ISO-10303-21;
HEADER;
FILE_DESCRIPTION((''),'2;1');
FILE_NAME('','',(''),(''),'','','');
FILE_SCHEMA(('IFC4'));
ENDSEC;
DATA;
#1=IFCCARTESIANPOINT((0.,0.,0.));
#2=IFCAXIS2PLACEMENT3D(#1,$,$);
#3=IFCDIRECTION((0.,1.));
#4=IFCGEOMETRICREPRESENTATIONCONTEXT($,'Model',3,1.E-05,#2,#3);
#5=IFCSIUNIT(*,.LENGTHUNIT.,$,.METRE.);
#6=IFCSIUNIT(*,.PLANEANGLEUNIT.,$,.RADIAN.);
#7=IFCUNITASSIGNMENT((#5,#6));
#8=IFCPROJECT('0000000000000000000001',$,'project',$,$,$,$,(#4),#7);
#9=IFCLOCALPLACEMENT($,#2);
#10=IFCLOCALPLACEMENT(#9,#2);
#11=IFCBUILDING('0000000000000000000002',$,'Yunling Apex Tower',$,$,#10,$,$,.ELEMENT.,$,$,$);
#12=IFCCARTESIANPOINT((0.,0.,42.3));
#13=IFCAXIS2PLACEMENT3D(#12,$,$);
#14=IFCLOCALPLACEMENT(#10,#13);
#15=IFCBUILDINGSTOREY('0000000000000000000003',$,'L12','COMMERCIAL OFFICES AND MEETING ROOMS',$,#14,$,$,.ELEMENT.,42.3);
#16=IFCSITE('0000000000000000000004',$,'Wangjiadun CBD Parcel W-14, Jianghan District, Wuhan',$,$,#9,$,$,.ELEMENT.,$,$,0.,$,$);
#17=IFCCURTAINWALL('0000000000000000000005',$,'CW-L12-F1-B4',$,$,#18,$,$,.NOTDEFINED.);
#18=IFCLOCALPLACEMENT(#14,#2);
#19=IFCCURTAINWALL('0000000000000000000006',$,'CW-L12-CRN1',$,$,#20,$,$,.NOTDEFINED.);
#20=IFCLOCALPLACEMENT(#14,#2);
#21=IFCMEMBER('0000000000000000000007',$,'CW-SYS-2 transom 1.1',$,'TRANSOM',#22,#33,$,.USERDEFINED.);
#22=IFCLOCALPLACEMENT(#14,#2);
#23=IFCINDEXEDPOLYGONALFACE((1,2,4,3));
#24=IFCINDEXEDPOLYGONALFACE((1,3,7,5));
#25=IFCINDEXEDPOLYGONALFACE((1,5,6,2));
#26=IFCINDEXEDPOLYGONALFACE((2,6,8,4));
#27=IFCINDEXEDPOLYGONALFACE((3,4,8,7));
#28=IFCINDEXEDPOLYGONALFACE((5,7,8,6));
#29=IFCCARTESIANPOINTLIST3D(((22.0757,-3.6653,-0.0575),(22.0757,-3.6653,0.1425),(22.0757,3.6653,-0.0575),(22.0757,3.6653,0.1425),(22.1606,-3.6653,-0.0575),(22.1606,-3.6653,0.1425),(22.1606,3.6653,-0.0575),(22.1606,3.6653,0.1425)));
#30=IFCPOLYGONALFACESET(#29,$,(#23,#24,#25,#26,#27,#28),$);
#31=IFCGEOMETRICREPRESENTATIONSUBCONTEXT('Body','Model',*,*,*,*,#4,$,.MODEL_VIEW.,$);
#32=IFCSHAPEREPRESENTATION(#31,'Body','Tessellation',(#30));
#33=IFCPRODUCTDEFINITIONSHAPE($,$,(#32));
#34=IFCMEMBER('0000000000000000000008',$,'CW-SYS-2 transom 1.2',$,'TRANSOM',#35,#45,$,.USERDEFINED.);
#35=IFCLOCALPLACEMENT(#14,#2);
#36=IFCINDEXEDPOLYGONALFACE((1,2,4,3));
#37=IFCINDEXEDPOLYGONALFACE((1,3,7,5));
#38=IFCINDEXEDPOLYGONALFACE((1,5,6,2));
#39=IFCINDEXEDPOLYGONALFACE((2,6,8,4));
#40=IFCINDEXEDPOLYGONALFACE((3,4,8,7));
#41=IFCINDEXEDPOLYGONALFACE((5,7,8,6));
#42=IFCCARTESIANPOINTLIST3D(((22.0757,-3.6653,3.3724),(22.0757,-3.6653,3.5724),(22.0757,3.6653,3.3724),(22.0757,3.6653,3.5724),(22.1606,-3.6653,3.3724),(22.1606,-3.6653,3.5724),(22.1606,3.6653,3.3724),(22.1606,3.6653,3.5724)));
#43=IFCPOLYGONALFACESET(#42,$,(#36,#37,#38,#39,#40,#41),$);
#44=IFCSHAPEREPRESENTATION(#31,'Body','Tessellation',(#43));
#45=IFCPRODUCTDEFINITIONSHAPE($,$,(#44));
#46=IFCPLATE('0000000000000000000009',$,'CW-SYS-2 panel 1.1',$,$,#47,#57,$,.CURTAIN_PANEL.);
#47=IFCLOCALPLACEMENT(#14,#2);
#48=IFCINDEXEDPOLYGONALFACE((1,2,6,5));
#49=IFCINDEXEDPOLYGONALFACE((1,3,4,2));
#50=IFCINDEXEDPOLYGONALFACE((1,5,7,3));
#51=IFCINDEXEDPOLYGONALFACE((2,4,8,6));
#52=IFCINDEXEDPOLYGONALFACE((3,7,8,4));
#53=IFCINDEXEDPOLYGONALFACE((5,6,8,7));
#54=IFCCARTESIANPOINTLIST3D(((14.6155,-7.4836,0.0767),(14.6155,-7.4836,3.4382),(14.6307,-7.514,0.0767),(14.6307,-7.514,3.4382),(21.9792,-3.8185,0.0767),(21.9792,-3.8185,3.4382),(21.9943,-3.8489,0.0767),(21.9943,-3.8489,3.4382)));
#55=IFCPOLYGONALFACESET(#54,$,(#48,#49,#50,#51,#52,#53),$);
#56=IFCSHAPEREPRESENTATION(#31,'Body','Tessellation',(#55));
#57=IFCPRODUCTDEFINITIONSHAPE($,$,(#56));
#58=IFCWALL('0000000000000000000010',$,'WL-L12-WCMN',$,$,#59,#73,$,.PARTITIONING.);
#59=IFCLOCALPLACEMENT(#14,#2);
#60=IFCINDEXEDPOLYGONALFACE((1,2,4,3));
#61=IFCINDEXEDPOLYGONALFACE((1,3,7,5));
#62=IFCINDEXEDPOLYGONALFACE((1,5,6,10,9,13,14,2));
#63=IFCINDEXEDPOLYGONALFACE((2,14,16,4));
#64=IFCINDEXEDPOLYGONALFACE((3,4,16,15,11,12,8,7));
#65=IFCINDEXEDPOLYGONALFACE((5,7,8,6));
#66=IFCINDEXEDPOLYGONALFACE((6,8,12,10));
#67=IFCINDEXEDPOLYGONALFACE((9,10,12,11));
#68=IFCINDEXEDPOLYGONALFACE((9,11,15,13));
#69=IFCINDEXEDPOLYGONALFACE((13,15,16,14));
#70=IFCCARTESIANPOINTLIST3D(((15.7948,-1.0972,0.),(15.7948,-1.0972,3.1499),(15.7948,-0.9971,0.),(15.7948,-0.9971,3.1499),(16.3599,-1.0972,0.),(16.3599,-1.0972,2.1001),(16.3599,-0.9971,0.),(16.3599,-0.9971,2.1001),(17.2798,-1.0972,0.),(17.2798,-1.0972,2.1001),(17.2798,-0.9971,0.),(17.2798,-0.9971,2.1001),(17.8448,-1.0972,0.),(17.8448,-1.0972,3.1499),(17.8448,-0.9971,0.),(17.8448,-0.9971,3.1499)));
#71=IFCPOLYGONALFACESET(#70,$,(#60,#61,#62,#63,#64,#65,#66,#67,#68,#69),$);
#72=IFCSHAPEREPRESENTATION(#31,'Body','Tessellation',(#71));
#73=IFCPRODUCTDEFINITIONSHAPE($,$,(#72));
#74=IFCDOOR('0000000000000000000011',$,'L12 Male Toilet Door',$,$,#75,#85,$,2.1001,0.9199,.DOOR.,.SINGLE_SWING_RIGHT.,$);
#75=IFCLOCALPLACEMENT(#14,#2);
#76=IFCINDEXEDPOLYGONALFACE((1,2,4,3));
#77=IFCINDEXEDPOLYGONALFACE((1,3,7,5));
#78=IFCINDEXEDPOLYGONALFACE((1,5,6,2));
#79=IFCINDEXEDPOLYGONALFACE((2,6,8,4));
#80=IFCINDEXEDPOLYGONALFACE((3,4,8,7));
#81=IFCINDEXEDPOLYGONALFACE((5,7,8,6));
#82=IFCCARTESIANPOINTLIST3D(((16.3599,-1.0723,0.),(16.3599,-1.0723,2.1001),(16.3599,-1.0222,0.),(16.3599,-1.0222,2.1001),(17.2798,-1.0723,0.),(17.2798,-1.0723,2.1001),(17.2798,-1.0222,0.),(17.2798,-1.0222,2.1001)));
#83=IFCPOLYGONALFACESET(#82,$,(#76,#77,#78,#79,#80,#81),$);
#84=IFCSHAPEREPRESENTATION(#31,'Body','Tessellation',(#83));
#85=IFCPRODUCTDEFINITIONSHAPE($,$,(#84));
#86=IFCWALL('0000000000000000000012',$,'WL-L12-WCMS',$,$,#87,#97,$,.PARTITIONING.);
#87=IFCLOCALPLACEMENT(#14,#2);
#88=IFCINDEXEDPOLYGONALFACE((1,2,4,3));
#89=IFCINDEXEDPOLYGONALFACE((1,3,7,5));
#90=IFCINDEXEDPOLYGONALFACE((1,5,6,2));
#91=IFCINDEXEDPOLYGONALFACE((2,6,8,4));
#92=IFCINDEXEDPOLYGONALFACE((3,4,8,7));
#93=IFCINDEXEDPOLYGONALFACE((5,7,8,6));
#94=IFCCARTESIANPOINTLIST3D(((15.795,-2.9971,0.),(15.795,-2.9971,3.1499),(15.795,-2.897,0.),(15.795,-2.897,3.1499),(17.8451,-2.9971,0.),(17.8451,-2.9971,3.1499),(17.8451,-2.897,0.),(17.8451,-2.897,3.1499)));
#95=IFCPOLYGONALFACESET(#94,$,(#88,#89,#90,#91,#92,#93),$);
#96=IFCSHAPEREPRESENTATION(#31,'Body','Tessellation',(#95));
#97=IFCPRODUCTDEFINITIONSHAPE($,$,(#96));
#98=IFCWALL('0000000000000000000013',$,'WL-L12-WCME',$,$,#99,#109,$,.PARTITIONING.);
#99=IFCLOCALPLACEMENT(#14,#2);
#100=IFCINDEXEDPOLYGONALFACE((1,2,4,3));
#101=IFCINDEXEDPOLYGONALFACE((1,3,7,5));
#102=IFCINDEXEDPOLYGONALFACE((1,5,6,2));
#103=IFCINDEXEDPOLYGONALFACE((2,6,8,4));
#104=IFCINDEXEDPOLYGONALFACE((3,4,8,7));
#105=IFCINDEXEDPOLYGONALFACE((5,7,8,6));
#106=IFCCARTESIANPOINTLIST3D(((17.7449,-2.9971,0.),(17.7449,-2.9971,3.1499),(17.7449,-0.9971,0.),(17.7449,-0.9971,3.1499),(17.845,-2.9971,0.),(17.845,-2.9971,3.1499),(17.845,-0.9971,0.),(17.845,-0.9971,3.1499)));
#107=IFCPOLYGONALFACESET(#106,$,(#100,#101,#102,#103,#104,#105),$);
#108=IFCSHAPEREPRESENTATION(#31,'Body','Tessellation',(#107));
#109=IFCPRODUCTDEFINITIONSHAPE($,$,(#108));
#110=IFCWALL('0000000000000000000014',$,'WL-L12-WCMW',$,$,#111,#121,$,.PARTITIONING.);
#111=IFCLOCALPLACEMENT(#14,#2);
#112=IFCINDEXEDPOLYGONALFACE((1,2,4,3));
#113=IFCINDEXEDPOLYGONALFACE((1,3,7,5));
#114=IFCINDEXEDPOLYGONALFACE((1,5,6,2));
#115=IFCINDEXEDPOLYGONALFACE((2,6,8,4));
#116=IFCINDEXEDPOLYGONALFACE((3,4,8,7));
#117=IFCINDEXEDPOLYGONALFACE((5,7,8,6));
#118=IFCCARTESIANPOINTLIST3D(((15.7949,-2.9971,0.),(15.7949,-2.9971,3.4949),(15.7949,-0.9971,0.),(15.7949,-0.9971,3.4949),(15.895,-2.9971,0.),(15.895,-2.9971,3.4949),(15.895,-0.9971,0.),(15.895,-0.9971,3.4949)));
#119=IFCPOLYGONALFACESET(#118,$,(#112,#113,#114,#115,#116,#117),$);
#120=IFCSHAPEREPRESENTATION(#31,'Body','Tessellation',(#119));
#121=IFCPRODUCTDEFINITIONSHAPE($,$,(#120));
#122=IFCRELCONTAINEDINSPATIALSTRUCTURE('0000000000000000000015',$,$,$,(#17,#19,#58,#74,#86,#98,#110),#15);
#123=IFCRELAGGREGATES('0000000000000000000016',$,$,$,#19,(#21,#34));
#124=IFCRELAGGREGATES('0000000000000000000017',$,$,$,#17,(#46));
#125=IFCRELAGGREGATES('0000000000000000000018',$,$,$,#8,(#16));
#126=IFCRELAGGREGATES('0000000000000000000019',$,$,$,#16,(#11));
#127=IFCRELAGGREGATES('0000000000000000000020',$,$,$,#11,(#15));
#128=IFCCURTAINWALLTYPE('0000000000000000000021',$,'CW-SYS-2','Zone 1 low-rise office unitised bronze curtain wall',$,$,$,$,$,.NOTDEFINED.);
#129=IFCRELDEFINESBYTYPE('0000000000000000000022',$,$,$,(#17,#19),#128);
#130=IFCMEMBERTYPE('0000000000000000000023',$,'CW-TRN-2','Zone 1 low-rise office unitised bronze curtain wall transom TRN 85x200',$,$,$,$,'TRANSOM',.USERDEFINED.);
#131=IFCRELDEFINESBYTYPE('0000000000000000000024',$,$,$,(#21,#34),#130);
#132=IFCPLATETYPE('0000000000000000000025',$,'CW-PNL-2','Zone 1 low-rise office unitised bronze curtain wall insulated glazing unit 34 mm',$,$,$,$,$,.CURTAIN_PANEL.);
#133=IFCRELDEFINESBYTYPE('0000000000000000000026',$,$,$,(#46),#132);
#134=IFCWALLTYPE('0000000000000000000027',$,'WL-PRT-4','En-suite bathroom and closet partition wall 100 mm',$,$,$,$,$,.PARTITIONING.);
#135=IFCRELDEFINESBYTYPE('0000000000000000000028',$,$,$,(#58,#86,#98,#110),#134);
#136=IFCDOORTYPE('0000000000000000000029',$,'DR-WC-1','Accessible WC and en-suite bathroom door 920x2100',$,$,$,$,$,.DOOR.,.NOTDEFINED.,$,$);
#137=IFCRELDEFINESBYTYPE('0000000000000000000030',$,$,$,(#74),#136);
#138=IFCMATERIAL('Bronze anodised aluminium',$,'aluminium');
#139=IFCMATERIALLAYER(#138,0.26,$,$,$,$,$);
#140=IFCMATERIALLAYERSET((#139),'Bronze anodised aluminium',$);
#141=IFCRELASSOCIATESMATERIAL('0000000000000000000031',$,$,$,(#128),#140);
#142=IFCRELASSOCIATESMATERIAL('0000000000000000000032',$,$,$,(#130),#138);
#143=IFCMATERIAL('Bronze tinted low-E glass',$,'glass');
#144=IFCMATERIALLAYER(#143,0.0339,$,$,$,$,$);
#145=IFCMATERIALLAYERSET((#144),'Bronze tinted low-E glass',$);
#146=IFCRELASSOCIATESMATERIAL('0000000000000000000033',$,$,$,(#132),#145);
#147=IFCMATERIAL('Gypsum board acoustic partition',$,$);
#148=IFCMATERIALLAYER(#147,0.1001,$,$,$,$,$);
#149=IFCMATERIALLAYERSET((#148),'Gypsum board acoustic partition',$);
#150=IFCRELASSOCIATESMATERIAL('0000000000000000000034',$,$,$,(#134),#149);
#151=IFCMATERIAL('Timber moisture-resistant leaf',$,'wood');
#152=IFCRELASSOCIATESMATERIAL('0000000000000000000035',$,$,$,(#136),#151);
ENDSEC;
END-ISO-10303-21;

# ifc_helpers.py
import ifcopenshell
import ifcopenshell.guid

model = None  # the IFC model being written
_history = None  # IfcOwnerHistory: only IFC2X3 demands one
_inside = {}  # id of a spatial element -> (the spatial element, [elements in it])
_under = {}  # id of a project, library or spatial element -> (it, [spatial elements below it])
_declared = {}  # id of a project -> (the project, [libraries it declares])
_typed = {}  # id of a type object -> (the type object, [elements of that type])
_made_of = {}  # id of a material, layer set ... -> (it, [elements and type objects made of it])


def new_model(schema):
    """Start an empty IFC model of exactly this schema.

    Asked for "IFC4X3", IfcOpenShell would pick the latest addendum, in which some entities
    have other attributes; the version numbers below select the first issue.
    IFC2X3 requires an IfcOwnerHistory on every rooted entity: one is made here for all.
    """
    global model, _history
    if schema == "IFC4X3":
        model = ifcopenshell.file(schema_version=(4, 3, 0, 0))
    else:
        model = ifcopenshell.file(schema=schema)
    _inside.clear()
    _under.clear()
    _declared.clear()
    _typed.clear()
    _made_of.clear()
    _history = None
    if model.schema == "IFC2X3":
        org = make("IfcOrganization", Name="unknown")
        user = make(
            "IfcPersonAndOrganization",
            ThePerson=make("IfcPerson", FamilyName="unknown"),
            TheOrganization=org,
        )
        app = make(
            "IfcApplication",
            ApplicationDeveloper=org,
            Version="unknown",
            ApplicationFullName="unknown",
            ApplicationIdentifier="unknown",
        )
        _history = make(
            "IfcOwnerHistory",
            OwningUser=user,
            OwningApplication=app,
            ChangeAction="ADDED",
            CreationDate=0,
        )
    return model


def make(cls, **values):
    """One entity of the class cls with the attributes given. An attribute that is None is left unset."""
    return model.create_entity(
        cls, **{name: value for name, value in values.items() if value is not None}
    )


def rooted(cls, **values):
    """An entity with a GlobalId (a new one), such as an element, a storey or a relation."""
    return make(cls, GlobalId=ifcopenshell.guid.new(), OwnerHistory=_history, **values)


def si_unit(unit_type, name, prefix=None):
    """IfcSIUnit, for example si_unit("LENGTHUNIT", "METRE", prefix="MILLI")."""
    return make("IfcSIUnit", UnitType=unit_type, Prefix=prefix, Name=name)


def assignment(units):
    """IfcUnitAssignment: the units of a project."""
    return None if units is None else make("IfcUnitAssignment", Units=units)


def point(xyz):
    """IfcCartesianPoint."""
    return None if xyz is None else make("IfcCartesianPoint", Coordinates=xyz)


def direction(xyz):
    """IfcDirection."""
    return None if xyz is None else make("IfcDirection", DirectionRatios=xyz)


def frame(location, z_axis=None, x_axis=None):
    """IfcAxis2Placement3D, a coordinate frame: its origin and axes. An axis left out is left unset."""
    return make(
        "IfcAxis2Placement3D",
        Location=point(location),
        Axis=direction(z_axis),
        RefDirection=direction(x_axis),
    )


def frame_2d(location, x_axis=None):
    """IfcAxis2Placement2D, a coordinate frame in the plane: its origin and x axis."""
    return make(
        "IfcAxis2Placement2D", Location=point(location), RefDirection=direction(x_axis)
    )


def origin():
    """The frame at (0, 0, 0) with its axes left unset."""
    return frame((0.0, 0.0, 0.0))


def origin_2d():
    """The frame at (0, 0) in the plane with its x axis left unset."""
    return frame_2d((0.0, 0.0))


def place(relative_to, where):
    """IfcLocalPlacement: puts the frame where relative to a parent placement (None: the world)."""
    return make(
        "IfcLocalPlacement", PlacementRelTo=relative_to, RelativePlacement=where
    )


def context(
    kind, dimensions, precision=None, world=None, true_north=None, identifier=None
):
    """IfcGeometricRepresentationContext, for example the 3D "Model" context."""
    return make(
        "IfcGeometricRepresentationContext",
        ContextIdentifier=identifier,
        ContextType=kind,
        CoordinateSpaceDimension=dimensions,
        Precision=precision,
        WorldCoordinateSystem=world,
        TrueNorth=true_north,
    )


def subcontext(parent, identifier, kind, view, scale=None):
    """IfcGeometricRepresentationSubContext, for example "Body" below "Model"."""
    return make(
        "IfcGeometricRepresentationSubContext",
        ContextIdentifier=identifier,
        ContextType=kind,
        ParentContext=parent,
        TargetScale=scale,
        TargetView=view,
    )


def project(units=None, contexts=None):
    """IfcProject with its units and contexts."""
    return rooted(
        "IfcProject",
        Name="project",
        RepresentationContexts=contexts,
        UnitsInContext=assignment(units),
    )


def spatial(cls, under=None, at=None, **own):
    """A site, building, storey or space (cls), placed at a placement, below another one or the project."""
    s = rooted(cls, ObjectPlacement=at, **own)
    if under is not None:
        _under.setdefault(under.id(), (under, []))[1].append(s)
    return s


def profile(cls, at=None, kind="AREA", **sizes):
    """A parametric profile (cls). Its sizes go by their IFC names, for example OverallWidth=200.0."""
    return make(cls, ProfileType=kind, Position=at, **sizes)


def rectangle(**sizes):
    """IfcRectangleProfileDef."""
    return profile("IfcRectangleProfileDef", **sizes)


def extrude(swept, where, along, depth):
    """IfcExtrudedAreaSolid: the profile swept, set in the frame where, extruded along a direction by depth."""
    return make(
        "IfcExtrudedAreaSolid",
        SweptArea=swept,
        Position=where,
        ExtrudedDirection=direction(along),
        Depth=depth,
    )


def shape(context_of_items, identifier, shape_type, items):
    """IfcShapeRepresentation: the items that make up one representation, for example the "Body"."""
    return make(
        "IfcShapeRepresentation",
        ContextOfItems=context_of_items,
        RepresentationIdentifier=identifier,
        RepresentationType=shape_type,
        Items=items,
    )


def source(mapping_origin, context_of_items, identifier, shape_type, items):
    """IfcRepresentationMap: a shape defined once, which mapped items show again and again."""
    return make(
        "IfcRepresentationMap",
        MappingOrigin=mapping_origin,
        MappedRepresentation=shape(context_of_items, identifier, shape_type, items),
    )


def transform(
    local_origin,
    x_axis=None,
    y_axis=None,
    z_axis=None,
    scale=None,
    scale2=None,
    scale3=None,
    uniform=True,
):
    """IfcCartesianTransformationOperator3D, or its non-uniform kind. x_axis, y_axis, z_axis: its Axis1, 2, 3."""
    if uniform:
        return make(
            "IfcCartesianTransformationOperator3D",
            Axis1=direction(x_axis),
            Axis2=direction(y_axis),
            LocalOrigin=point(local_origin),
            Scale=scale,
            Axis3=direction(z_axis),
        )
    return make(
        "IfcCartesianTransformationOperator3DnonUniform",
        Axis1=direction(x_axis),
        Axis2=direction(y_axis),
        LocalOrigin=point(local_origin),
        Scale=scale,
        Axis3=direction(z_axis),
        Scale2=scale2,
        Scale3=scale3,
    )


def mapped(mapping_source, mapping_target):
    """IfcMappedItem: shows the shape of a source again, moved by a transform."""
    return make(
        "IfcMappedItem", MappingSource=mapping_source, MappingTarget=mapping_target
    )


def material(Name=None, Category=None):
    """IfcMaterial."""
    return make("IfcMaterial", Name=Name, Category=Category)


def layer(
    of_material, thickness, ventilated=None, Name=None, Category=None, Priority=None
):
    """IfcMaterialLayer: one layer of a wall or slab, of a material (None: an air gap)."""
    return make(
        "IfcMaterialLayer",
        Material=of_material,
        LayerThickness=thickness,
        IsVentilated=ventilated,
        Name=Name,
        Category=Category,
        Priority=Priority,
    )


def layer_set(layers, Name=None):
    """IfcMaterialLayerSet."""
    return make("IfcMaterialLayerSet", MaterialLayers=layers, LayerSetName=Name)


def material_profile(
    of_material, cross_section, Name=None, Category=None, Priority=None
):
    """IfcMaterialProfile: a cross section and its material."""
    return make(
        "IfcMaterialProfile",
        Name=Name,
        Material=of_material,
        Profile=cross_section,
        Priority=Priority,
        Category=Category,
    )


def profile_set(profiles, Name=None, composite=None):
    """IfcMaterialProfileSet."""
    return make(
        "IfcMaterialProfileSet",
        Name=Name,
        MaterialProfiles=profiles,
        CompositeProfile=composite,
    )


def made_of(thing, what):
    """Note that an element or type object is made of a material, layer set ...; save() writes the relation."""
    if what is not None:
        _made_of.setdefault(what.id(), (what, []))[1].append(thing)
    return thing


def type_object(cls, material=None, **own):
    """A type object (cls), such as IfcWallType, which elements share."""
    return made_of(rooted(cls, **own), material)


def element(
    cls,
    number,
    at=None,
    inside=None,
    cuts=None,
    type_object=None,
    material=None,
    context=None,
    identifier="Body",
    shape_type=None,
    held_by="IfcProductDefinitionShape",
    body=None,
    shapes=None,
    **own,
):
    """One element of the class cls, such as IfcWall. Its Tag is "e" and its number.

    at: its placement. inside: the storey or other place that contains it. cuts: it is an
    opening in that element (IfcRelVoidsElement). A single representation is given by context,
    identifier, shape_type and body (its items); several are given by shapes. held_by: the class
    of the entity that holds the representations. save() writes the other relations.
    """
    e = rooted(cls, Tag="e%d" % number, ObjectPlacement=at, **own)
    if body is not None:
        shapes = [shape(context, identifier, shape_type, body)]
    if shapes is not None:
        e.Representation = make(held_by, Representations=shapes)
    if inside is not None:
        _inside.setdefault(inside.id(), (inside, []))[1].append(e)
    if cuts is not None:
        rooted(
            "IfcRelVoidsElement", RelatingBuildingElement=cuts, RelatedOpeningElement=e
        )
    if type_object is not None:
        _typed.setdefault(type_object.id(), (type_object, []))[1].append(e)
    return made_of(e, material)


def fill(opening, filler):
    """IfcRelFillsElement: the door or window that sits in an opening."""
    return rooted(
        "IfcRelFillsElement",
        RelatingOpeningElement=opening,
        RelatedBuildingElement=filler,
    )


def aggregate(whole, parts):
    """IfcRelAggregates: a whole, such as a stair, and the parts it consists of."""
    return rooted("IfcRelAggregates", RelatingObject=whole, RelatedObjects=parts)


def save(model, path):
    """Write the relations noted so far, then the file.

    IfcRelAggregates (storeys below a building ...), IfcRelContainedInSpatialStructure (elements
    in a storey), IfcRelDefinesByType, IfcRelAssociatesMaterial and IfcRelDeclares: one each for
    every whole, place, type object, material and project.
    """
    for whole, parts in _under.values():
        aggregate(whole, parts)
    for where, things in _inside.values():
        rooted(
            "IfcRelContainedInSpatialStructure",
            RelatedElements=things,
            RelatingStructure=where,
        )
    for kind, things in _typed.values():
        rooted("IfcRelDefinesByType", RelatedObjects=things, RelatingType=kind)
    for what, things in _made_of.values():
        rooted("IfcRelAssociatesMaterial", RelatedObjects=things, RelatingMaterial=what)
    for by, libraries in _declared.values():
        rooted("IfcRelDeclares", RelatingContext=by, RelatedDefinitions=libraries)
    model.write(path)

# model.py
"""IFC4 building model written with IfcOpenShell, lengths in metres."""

from ifc_helpers import new_model, si_unit, direction, frame, frame_2d, origin, origin_2d, place, context, subcontext, project, spatial, rectangle, extrude, source, transform, mapped, material, layer, layer_set, material_profile, profile_set, type_object, element, fill, aggregate, save


model = new_model("IFC4")

# Units and contexts
model_context = context("Model", 3, precision=1e-05, world=origin(), true_north=direction((0.0, 1.0)))
body_context = subcontext(model_context, "Body", "Model", "MODEL_VIEW")
ifc_project = project(units=[si_unit("LENGTHUNIT", "METRE"), si_unit("PLANEANGLEUNIT", "RADIAN")], contexts=[model_context])

# Site, building, storey
site_placement = place(None, origin())
site = spatial("IfcSite", under=ifc_project, at=site_placement, Name="Wangjiadun CBD Parcel W-14, Jianghan District, Wuhan", CompositionType="ELEMENT", RefElevation=0.0)
building_placement = place(site_placement, origin())
building = spatial("IfcBuilding", under=site, at=building_placement, Name="Yunling Apex Tower", CompositionType="ELEMENT")
storey_placement = place(building_placement, frame((0.0, 0.0, 42.3)))
storey = spatial("IfcBuildingStorey", under=building, at=storey_placement, Name="L12", Description="COMMERCIAL OFFICES AND MEETING ROOMS", CompositionType="ELEMENT", Elevation=42.3)

# Shared definitions
ifc_material_1 = material(Name="Bronze anodised aluminium", Category="aluminium")
ifc_layer_1 = layer(ifc_material_1, 0.26)
ifc_layer_set_1 = layer_set([ifc_layer_1], Name="Bronze anodised aluminium")
curtain_wall_type = type_object("IfcCurtainWallType", Name="CW-SYS-2", Description="Zone 1 low-rise office unitised bronze curtain wall", PredefinedType="NOTDEFINED", material=ifc_layer_set_1)

# Curtain wall
curtain_wall_1_placement = place(storey_placement, origin())
curtain_wall_1 = element("IfcCurtainWall", 1, at=curtain_wall_1_placement, inside=storey, type_object=curtain_wall_type, Name="CW-L12-F1-B4", PredefinedType="NOTDEFINED")

# Curtain wall
curtain_wall_2_placement = place(storey_placement, origin())
curtain_wall_2 = element("IfcCurtainWall", 2, at=curtain_wall_2_placement, inside=storey, type_object=curtain_wall_type, Name="CW-L12-CRN1", PredefinedType="NOTDEFINED")

# Members
ifc_material_profile_1 = material_profile(ifc_material_1, rectangle(XDim=0.085, YDim=0.2, at=origin_2d()))
ifc_profile_set_1 = profile_set([ifc_material_profile_1], Name="Bronze anodised aluminium")
member_type_1 = type_object("IfcMemberType", Name="CW-TRN-2", Description="Zone 1 low-rise office unitised bronze curtain wall transom TRN 85x200", ElementType="TRANSOM", PredefinedType="USERDEFINED", material=ifc_profile_set_1)
shared_shape_1 = source(origin(), body_context, "Body", "SweptSolid", [
    extrude(rectangle(XDim=0.085, YDim=0.2, at=origin_2d()), origin(), (0.0, 0.0, 1.0), 7.3306),
])
member_1_placement = place(storey_placement, frame((22.1182, -3.6653, 0.0425), z_axis=(0.0, 1.0, 0.0), x_axis=(-1.0, 0.0, 0.0)))
member_1 = element("IfcMember", 3, at=member_1_placement, type_object=member_type_1, Name="CW-SYS-2 transom 1.1", ObjectType="TRANSOM", PredefinedType="USERDEFINED", context=body_context, shape_type="MappedRepresentation", body=[
    mapped(shared_shape_1, transform((0.0, 0.0, 0.0), scale=1.0)),
])
member_2_placement = place(storey_placement, frame((22.1182, -3.6653, 3.4724), z_axis=(0.0, 1.0, 0.0), x_axis=(-1.0, 0.0, 0.0)))
member_2 = element("IfcMember", 4, at=member_2_placement, type_object=member_type_1, Name="CW-SYS-2 transom 1.2", ObjectType="TRANSOM", PredefinedType="USERDEFINED", context=body_context, shape_type="MappedRepresentation", body=[
    mapped(shared_shape_1, transform((0.0, 0.0, 0.0), scale=1.0)),
])
aggregate(curtain_wall_2, [member_1, member_2])

# Plate
ifc_material_2 = material(Name="Bronze tinted low-E glass", Category="glass")
ifc_layer_2 = layer(ifc_material_2, 0.0339)
ifc_layer_set_2 = layer_set([ifc_layer_2], Name="Bronze tinted low-E glass")
plate_type = type_object("IfcPlateType", Name="CW-PNL-2", Description="Zone 1 low-rise office unitised bronze curtain wall insulated glazing unit 34 mm", PredefinedType="CURTAIN_PANEL", material=ifc_layer_set_2)
shared_shape_2 = source(origin(), body_context, "Body", "SweptSolid", [
    extrude(rectangle(XDim=8.2253, YDim=0.0339, at=origin_2d()), origin(), (0.0, 0.0, 1.0), 3.3616),
])
plate_placement = place(storey_placement, frame((18.3049, -5.6663, 0.0767), z_axis=(0.0, 0.0, 1.0), x_axis=(0.895242, 0.44558, 0.0)))
plate = element("IfcPlate", 5, at=plate_placement, type_object=plate_type, Name="CW-SYS-2 panel 1.1", PredefinedType="CURTAIN_PANEL", context=body_context, shape_type="MappedRepresentation", body=[
    mapped(shared_shape_2, transform((0.0, 0.0, 0.0), scale=1.0)),
])
aggregate(curtain_wall_1, [plate])

# Wall, opening, door
ifc_material_3 = material(Name="Gypsum board acoustic partition")
ifc_layer_3 = layer(ifc_material_3, 0.1001)
ifc_layer_set_3 = layer_set([ifc_layer_3], Name="Gypsum board acoustic partition")
wall_type = type_object("IfcWallType", Name="WL-PRT-4", Description="En-suite bathroom and closet partition wall 100 mm", PredefinedType="PARTITIONING", material=ifc_layer_set_3)
wall_1_placement = place(storey_placement, frame((15.7949, -1.0471, 0.0), z_axis=(0.0, 0.0, 1.0), x_axis=(1.0, 0.0, 0.0)))
wall_1 = element("IfcWall", 6, at=wall_1_placement, inside=storey, type_object=wall_type, Name="WL-L12-WCMN", PredefinedType="PARTITIONING", context=body_context, shape_type="SweptSolid", body=[
    extrude(rectangle(XDim=2.05, YDim=0.1001, at=frame_2d((1.0249, 0.0))), origin(), (0.0, 0.0, 1.0), 3.1499),
])
opening_placement = place(wall_1_placement, frame((0.5649, 0.0, 0.0)))
opening = element("IfcOpeningElement", 7, at=opening_placement, cuts=wall_1, PredefinedType="OPENING", context=body_context, shape_type="SweptSolid", body=[
    extrude(rectangle(XDim=0.9199, YDim=2.1001, at=frame_2d((0.46, 1.05))), frame((0.0, 0.0601, 0.0), z_axis=(0.0, -1.0, 0.0), x_axis=(1.0, 0.0, 0.0)), (0.0, 0.0, 1.0), 0.1201),
])
ifc_material_4 = material(Name="Timber moisture-resistant leaf", Category="wood")
door_type = type_object("IfcDoorType", Name="DR-WC-1", Description="Accessible WC and en-suite bathroom door 920x2100", OperationType="NOTDEFINED", PredefinedType="DOOR", material=ifc_material_4)
door_placement = place(opening_placement, origin())
door = element("IfcDoor", 8, at=door_placement, inside=storey, type_object=door_type, Name="L12 Male Toilet Door", OperationType="SINGLE_SWING_RIGHT", OverallHeight=2.1001, OverallWidth=0.9199, PredefinedType="DOOR", context=body_context, shape_type="SweptSolid", body=[
    extrude(rectangle(XDim=0.9199, YDim=2.1001, at=frame_2d((0.46, 1.05))), frame((0.0, 0.0249, 0.0), z_axis=(0.0, -1.0, 0.0), x_axis=(1.0, 0.0, 0.0)), (0.0, 0.0, 1.0), 0.05),
])
fill(opening, door)

# Walls
wall_2_placement = place(storey_placement, frame((17.845, -2.947, 0.0), z_axis=(0.0, 0.0, 1.0), x_axis=(-1.0, 0.0, 0.0)))
element("IfcWall", 9, at=wall_2_placement, inside=storey, type_object=wall_type, Name="WL-L12-WCMS", PredefinedType="PARTITIONING", context=body_context, shape_type="SweptSolid", body=[
    extrude(rectangle(XDim=2.05, YDim=0.1001, at=frame_2d((1.0249, 0.0))), origin(), (0.0, 0.0, 1.0), 3.1499),
])
wall_3_placement = place(storey_placement, frame((17.7949, -0.9971, 0.0), z_axis=(0.0, 0.0, 1.0), x_axis=(0.0, -1.0, 0.0)))
element("IfcWall", 10, at=wall_3_placement, inside=storey, type_object=wall_type, Name="WL-L12-WCME", PredefinedType="PARTITIONING", context=body_context, shape_type="SweptSolid", body=[
    extrude(rectangle(XDim=2.0, YDim=0.1001, at=frame_2d((1.0, 0.0))), origin(), (0.0, 0.0, 1.0), 3.1499),
])
wall_4_placement = place(storey_placement, frame((15.845, -2.9971, 0.0), z_axis=(0.0, 0.0, 1.0), x_axis=(0.0, 1.0, 0.0)))
element("IfcWall", 11, at=wall_4_placement, inside=storey, type_object=wall_type, Name="WL-L12-WCMW", PredefinedType="PARTITIONING", context=body_context, shape_type="SweptSolid", body=[
    extrude(rectangle(XDim=2.0, YDim=0.1001, at=frame_2d((1.0, 0.0))), origin(), (0.0, 0.0, 1.0), 3.4949),
])

save(model, "model.ifc")
